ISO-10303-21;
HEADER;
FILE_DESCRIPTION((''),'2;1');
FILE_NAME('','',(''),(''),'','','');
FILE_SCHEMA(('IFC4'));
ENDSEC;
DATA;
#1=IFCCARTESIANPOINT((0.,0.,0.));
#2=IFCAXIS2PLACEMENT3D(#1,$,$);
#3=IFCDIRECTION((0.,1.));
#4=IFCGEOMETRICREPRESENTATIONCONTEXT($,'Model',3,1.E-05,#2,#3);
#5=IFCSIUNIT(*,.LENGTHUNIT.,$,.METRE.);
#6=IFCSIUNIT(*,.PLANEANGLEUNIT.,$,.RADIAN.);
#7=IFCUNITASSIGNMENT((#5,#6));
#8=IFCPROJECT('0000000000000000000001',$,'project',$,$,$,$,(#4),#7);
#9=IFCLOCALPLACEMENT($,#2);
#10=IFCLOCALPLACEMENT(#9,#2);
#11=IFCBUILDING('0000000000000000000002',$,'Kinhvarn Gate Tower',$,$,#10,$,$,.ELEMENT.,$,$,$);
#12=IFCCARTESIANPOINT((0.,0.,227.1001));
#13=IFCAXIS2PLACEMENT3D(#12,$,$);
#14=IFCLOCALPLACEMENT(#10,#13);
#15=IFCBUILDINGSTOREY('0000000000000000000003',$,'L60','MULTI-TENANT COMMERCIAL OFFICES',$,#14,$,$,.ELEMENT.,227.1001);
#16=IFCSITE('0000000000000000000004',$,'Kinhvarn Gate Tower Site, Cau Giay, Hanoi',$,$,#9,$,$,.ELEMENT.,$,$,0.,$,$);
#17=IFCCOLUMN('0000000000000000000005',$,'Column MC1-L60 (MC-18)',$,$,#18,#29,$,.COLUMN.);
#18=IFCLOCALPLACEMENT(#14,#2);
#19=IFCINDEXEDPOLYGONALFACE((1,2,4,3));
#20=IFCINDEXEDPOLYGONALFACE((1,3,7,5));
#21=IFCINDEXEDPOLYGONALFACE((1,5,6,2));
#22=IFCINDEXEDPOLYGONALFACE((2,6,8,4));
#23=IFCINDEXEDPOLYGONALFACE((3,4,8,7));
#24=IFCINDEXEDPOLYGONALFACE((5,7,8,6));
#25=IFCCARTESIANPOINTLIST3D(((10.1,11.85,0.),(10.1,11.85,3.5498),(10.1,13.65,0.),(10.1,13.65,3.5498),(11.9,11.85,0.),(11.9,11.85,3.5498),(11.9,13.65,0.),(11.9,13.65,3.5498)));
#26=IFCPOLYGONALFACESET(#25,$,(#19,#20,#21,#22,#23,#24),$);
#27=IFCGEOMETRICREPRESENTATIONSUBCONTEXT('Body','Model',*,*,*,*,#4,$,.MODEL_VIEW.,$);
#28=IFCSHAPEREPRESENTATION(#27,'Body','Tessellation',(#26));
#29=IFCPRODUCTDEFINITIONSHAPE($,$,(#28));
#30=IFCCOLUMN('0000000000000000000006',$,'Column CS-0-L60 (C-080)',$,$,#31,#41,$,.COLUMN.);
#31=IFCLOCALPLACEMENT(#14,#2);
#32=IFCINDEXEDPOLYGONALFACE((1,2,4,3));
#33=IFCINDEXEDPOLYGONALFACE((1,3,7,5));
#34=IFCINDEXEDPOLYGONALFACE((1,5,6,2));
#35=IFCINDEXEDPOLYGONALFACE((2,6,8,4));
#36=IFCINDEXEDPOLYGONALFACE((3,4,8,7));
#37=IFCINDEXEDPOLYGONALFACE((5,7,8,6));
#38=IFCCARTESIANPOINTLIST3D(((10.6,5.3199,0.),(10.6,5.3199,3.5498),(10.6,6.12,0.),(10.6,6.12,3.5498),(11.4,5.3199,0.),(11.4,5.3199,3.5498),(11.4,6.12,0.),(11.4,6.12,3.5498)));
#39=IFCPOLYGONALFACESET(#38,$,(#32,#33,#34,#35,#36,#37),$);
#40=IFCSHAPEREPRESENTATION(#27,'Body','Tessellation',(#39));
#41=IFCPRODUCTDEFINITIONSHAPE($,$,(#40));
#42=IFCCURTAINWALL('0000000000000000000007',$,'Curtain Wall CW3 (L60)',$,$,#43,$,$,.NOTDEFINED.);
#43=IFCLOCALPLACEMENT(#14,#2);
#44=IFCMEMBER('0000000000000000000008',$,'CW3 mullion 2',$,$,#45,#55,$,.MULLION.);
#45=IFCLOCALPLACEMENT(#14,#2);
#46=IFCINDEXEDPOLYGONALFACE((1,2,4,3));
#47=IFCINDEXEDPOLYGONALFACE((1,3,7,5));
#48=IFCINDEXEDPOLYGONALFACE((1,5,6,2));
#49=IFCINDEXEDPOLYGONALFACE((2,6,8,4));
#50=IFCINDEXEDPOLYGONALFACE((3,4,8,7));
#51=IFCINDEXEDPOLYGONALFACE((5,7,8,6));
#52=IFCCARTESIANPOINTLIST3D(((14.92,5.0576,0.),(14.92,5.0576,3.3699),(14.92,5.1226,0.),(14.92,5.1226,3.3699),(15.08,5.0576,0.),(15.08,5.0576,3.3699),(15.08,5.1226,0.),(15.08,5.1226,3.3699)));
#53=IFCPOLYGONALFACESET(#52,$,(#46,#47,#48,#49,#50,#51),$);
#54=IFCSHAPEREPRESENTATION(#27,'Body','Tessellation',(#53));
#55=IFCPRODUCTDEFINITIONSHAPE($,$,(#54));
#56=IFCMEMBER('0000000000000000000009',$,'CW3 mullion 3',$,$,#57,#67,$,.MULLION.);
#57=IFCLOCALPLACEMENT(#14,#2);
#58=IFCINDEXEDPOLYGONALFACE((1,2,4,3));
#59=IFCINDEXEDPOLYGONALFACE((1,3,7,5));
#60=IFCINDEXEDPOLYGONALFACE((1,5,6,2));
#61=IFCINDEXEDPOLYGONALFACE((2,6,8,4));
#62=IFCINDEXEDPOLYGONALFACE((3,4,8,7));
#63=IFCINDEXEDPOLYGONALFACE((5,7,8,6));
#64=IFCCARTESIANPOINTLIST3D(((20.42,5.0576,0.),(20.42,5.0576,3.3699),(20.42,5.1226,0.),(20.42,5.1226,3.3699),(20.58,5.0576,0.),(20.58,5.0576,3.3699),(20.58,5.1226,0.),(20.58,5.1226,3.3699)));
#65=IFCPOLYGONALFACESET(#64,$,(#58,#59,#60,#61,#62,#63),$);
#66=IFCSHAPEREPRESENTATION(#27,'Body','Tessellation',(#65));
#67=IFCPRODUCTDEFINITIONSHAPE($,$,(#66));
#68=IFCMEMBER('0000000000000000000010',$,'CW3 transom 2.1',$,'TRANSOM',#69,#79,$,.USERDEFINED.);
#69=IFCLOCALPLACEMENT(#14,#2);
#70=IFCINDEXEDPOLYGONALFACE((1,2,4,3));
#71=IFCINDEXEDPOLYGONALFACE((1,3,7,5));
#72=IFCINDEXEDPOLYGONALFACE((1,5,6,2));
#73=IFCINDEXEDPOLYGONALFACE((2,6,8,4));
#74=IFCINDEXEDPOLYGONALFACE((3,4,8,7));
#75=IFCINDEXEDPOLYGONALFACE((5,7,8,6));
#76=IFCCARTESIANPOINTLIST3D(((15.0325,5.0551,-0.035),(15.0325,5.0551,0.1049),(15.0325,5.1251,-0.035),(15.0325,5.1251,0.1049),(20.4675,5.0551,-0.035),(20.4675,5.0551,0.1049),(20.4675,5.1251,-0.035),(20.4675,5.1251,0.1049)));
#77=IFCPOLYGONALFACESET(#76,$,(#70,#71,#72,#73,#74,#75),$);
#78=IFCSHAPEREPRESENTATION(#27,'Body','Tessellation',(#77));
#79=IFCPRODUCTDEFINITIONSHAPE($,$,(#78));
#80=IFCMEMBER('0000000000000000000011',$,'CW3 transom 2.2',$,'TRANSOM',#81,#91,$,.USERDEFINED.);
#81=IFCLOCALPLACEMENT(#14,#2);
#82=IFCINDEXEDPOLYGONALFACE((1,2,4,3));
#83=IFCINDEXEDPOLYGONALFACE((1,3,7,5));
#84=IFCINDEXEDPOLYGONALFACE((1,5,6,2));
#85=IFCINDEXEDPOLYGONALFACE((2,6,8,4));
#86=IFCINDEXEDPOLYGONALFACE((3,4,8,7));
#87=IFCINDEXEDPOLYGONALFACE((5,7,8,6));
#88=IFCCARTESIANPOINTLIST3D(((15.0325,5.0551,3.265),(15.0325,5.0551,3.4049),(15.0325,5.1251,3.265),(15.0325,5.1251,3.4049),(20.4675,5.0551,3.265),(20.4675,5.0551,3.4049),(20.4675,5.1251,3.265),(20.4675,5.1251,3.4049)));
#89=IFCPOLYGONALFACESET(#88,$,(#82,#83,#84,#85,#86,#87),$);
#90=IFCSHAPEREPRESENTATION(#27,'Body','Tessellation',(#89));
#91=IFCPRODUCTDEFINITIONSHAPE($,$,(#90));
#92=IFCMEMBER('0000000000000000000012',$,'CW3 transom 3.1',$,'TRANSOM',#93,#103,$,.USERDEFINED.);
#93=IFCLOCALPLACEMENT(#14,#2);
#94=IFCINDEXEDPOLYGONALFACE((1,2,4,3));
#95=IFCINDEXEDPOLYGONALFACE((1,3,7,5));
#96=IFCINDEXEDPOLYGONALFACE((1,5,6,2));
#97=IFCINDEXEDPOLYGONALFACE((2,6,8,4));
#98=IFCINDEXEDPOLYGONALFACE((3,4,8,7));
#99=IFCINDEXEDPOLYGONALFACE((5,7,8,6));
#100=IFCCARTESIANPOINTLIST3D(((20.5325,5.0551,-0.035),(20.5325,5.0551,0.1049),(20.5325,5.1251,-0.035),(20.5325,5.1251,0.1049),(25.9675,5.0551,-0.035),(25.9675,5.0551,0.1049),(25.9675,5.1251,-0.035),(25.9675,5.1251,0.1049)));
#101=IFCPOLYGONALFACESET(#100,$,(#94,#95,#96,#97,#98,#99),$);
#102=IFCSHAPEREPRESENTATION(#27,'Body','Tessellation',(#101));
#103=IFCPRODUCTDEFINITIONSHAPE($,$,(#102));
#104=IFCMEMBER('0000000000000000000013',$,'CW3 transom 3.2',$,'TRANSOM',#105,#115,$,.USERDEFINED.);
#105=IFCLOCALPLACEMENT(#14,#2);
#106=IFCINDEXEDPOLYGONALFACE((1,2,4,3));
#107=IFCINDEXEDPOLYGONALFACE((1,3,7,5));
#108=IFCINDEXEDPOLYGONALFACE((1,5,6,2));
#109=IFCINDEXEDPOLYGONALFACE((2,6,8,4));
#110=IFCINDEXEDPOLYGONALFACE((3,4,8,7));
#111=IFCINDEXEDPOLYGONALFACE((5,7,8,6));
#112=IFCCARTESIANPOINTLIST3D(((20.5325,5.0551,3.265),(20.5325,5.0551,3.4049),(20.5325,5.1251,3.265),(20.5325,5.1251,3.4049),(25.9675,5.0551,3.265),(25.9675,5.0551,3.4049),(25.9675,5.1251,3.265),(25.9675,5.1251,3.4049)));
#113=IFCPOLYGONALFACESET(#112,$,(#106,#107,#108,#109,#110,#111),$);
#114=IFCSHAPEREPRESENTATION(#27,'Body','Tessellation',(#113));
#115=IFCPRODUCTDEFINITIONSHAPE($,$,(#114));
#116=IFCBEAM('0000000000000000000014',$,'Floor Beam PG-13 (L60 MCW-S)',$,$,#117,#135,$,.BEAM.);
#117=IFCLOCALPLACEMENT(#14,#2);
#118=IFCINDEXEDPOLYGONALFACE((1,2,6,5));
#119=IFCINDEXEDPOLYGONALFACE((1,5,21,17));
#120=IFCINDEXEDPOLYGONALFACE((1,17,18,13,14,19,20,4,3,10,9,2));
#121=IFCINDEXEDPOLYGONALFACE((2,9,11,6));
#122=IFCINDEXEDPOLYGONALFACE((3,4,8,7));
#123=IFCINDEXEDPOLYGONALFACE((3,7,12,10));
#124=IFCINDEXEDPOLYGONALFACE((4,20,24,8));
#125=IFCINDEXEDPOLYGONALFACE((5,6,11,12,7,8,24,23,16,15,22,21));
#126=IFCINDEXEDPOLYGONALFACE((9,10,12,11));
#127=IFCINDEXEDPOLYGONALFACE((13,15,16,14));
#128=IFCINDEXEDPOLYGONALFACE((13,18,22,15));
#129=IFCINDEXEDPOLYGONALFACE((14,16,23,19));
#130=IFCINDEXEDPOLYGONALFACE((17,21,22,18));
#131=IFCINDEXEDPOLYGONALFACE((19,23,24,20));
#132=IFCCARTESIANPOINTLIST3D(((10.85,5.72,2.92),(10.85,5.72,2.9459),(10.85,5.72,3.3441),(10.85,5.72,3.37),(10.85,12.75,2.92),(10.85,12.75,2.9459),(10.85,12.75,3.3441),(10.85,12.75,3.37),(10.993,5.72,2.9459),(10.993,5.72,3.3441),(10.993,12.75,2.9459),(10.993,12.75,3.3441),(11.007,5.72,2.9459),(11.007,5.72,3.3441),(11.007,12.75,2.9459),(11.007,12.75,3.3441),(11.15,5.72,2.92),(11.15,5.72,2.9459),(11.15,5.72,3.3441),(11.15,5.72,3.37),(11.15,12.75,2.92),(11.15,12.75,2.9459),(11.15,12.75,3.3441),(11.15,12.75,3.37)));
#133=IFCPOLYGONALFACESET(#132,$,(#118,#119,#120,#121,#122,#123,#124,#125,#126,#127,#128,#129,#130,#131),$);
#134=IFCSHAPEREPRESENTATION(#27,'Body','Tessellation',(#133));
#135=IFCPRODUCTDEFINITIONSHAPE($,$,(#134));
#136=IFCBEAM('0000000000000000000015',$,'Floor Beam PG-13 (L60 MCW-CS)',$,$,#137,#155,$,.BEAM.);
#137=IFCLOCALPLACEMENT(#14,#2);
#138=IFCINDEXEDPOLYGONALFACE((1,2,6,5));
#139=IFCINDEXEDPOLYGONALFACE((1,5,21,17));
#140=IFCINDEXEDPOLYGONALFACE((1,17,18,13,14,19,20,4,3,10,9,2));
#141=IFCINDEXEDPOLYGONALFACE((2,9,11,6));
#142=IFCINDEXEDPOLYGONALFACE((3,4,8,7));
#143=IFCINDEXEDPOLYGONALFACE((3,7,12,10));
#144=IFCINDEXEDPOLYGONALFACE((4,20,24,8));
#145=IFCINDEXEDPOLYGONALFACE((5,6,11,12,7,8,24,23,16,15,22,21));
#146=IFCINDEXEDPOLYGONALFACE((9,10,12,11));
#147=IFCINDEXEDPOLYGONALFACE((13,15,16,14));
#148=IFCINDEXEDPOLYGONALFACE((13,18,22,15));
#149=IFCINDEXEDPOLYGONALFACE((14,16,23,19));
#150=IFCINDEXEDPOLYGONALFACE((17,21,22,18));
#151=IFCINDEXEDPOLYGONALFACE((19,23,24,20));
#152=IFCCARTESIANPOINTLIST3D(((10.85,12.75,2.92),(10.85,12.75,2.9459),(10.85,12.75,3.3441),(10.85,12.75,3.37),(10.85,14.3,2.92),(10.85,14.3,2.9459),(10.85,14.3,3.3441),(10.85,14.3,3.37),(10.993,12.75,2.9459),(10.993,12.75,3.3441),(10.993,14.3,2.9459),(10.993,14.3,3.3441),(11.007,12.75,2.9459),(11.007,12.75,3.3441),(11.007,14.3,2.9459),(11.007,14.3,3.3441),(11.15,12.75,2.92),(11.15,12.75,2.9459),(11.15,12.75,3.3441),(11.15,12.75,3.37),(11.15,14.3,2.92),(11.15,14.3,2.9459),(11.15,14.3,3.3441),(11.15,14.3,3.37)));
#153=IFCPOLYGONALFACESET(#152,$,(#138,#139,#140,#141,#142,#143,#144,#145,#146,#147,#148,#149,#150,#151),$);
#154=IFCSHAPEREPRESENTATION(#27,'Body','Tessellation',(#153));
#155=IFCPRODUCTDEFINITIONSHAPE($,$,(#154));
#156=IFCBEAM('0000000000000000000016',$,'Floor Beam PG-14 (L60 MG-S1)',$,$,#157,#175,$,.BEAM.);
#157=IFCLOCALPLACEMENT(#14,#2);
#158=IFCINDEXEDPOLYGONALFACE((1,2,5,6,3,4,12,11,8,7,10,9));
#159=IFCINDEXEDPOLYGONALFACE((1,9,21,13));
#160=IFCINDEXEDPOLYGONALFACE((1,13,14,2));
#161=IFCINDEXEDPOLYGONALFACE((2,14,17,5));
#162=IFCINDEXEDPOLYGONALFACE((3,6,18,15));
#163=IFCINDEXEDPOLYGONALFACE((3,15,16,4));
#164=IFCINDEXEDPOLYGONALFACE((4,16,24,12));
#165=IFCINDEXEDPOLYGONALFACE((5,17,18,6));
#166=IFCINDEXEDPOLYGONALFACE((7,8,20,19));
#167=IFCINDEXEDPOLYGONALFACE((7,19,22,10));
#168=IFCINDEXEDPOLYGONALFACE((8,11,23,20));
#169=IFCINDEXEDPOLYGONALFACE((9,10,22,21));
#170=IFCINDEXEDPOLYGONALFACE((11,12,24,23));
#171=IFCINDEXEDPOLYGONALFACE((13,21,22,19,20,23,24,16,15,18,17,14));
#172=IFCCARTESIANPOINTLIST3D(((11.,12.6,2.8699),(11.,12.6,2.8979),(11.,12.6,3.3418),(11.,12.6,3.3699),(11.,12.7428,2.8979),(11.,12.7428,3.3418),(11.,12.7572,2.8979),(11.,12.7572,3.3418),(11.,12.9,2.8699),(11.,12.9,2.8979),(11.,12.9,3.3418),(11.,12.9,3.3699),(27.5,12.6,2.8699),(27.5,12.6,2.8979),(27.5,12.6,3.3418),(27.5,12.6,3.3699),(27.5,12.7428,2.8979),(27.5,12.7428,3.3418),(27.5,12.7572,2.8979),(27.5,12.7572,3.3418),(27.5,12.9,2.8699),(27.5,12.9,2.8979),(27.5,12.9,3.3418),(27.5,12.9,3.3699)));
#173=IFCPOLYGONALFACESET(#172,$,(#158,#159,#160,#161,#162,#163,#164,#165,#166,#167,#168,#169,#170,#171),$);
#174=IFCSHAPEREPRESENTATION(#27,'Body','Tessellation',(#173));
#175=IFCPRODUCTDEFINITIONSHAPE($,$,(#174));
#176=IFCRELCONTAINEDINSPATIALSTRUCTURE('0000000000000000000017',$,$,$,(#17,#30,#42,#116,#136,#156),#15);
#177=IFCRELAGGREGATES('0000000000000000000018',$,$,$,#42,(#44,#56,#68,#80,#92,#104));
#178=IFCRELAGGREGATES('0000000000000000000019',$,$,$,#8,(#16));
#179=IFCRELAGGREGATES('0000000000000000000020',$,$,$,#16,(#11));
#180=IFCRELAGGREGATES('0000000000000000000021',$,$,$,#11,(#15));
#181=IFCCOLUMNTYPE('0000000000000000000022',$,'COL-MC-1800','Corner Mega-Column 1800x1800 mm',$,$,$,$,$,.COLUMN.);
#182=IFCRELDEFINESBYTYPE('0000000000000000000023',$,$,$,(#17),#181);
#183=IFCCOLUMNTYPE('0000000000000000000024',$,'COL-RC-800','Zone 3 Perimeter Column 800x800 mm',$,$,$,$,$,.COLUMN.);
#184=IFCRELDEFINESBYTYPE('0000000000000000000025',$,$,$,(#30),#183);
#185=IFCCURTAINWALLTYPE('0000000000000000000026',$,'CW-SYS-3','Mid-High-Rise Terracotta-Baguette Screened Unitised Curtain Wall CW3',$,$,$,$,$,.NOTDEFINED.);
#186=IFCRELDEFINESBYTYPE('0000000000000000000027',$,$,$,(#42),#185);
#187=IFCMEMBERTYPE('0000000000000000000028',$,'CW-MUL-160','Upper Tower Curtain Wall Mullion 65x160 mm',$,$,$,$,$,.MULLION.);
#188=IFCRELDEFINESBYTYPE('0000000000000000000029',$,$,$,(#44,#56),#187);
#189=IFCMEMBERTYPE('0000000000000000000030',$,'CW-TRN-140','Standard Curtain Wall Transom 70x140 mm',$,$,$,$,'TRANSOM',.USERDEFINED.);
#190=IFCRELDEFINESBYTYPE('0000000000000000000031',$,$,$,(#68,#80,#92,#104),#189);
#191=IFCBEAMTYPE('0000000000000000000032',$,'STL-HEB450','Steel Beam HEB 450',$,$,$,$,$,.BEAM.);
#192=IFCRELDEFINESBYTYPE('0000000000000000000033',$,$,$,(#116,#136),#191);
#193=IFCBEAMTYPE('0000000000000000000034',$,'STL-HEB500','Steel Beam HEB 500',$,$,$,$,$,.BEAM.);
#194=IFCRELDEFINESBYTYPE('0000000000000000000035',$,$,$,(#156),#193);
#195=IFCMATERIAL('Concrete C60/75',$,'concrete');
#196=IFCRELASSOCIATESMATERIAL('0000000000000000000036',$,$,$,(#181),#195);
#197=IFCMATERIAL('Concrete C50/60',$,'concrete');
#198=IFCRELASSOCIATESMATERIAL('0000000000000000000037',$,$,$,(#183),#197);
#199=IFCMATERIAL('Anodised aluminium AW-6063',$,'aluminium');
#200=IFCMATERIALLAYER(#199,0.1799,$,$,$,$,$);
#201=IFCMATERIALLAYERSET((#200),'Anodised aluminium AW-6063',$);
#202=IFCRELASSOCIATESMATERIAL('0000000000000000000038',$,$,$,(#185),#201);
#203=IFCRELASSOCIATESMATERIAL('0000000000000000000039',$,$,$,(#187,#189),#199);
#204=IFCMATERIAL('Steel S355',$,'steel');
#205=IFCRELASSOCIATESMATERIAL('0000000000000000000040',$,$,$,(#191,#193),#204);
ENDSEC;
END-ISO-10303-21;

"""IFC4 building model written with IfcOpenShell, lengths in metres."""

from ifc_helpers import new_model, si_unit, direction, frame, origin, origin_2d, place, context, subcontext, project, spatial, rectangle, i_section, extrude, material, layer, layer_set, material_profile, profile_set, type_object, element, aggregate, save


model = new_model("IFC4")

# Units and contexts
model_context = context("Model", 3, precision=1e-05, world=origin(), true_north=direction((0.0, 1.0)))
body_context = subcontext(model_context, "Body", "Model", "MODEL_VIEW")
ifc_project = project(units=[si_unit("LENGTHUNIT", "METRE"), si_unit("PLANEANGLEUNIT", "RADIAN")], contexts=[model_context])

# Site, building, storey
site_placement = place(None, origin())
site = spatial("IfcSite", under=ifc_project, at=site_placement, Name="Kinhvarn Gate Tower Site, Cau Giay, Hanoi", CompositionType="ELEMENT", RefElevation=0.0)
building_placement = place(site_placement, origin())
building = spatial("IfcBuilding", under=site, at=building_placement, Name="Kinhvarn Gate Tower", CompositionType="ELEMENT")
storey_placement = place(building_placement, frame((0.0, 0.0, 227.1001)))
storey = spatial("IfcBuildingStorey", under=building, at=storey_placement, Name="L60", Description="MULTI-TENANT COMMERCIAL OFFICES", CompositionType="ELEMENT", Elevation=227.1001)

# Columns
ifc_material_1 = material(Name="Concrete C60/75", Category="concrete")
ifc_material_profile_1 = material_profile(ifc_material_1, rectangle(XDim=1.8, YDim=1.8, at=origin_2d()), Name="RC 1800x1800")
ifc_profile_set_1 = profile_set([ifc_material_profile_1], Name="Concrete C60/75")
column_type_1 = type_object("IfcColumnType", Name="COL-MC-1800", Description="Corner Mega-Column 1800x1800 mm", PredefinedType="COLUMN", material=ifc_profile_set_1)
column_1_placement = place(storey_placement, frame((11.0, 12.75, 0.0), z_axis=(0.0, 0.0, 1.0), x_axis=(1.0, 0.0, 0.0)))
element("IfcColumn", 1, at=column_1_placement, inside=storey, type_object=column_type_1, Name="Column MC1-L60 (MC-18)", PredefinedType="COLUMN", context=body_context, shape_type="SweptSolid", body=[
    extrude(rectangle(XDim=1.8, YDim=1.8, at=origin_2d()), origin(), (0.0, 0.0, 1.0), 3.5498),
])
ifc_material_2 = material(Name="Concrete C50/60", Category="concrete")
ifc_material_profile_2 = material_profile(ifc_material_2, rectangle(XDim=0.8, YDim=0.8, at=origin_2d()), Name="RC 800x800")
ifc_profile_set_2 = profile_set([ifc_material_profile_2], Name="Concrete C50/60")
column_type_2 = type_object("IfcColumnType", Name="COL-RC-800", Description="Zone 3 Perimeter Column 800x800 mm", PredefinedType="COLUMN", material=ifc_profile_set_2)
column_2_placement = place(storey_placement, frame((11.0, 5.72, 0.0), z_axis=(0.0, 0.0, 1.0), x_axis=(1.0, 0.0, 0.0)))
element("IfcColumn", 2, at=column_2_placement, inside=storey, type_object=column_type_2, Name="Column CS-0-L60 (C-080)", PredefinedType="COLUMN", context=body_context, shape_type="SweptSolid", body=[
    extrude(rectangle(XDim=0.8, YDim=0.8, at=origin_2d()), origin(), (0.0, 0.0, 1.0), 3.5498),
])

# Curtain wall, members
ifc_material_3 = material(Name="Anodised aluminium AW-6063", Category="aluminium")
ifc_layer_1 = layer(ifc_material_3, 0.1799)
ifc_layer_set_1 = layer_set([ifc_layer_1], Name="Anodised aluminium AW-6063")
curtain_wall_type = type_object("IfcCurtainWallType", Name="CW-SYS-3", Description="Mid-High-Rise Terracotta-Baguette Screened Unitised Curtain Wall CW3", PredefinedType="NOTDEFINED", material=ifc_layer_set_1)
curtain_wall_placement = place(storey_placement, origin())
curtain_wall = element("IfcCurtainWall", 3, at=curtain_wall_placement, inside=storey, type_object=curtain_wall_type, Name="Curtain Wall CW3 (L60)", PredefinedType="NOTDEFINED")
ifc_material_profile_3 = material_profile(ifc_material_3, rectangle(XDim=0.0649, YDim=0.1599, at=origin_2d()), Name="ALU 65x160")
ifc_profile_set_3 = profile_set([ifc_material_profile_3], Name="Anodised aluminium AW-6063")
member_type_1 = type_object("IfcMemberType", Name="CW-MUL-160", Description="Upper Tower Curtain Wall Mullion 65x160 mm", PredefinedType="MULLION", material=ifc_profile_set_3)
member_1_placement = place(storey_placement, frame((15.0, 5.0901, 0.0), z_axis=(0.0, 0.0, 1.0), x_axis=(0.0, 1.0, 0.0)))
member_1 = element("IfcMember", 4, at=member_1_placement, type_object=member_type_1, Name="CW3 mullion 2", PredefinedType="MULLION", context=body_context, shape_type="SweptSolid", body=[
    extrude(rectangle(XDim=0.0649, YDim=0.1599, at=origin_2d()), origin(), (0.0, 0.0, 1.0), 3.3699),
])
member_2_placement = place(storey_placement, frame((20.5, 5.0901, 0.0), z_axis=(0.0, 0.0, 1.0), x_axis=(0.0, 1.0, 0.0)))
member_2 = element("IfcMember", 5, at=member_2_placement, type_object=member_type_1, Name="CW3 mullion 3", PredefinedType="MULLION", context=body_context, shape_type="SweptSolid", body=[
    extrude(rectangle(XDim=0.0649, YDim=0.1599, at=origin_2d()), origin(), (0.0, 0.0, 1.0), 3.3699),
])
ifc_material_profile_4 = material_profile(ifc_material_3, rectangle(XDim=0.0701, YDim=0.1399, at=origin_2d()), Name="ALU 70x140")
ifc_profile_set_4 = profile_set([ifc_material_profile_4], Name="Anodised aluminium AW-6063")
member_type_2 = type_object("IfcMemberType", Name="CW-TRN-140", Description="Standard Curtain Wall Transom 70x140 mm", ElementType="TRANSOM", PredefinedType="USERDEFINED", material=ifc_profile_set_4)
member_3_placement = place(storey_placement, frame((15.0325, 5.0901, 0.0349), z_axis=(1.0, 0.0, 0.0), x_axis=(0.0, 1.0, 0.0)))
member_3 = element("IfcMember", 6, at=member_3_placement, type_object=member_type_2, Name="CW3 transom 2.1", ObjectType="TRANSOM", PredefinedType="USERDEFINED", context=body_context, shape_type="SweptSolid", body=[
    extrude(rectangle(XDim=0.0701, YDim=0.1399, at=origin_2d()), origin(), (0.0, 0.0, 1.0), 5.4351),
])
member_4_placement = place(storey_placement, frame((15.0325, 5.0901, 3.335), z_axis=(1.0, 0.0, 0.0), x_axis=(0.0, 1.0, 0.0)))
member_4 = element("IfcMember", 7, at=member_4_placement, type_object=member_type_2, Name="CW3 transom 2.2", ObjectType="TRANSOM", PredefinedType="USERDEFINED", context=body_context, shape_type="SweptSolid", body=[
    extrude(rectangle(XDim=0.0701, YDim=0.1399, at=origin_2d()), origin(), (0.0, 0.0, 1.0), 5.4351),
])
member_5_placement = place(storey_placement, frame((20.5325, 5.0901, 0.0349), z_axis=(1.0, 0.0, 0.0), x_axis=(0.0, 1.0, 0.0)))
member_5 = element("IfcMember", 8, at=member_5_placement, type_object=member_type_2, Name="CW3 transom 3.1", ObjectType="TRANSOM", PredefinedType="USERDEFINED", context=body_context, shape_type="SweptSolid", body=[
    extrude(rectangle(XDim=0.0701, YDim=0.1399, at=origin_2d()), origin(), (0.0, 0.0, 1.0), 5.4351),
])
member_6_placement = place(storey_placement, frame((20.5325, 5.0901, 3.335), z_axis=(1.0, 0.0, 0.0), x_axis=(0.0, 1.0, 0.0)))
member_6 = element("IfcMember", 9, at=member_6_placement, type_object=member_type_2, Name="CW3 transom 3.2", ObjectType="TRANSOM", PredefinedType="USERDEFINED", context=body_context, shape_type="SweptSolid", body=[
    extrude(rectangle(XDim=0.0701, YDim=0.1399, at=origin_2d()), origin(), (0.0, 0.0, 1.0), 5.4351),
])

# Beams
ifc_material_4 = material(Name="Steel S355", Category="steel")
ifc_material_profile_5 = material_profile(ifc_material_4, i_section(OverallWidth=0.3, OverallDepth=0.45, WebThickness=0.0139, FlangeThickness=0.0259, at=origin_2d()), Name="HEB 450")
ifc_profile_set_5 = profile_set([ifc_material_profile_5], Name="Steel S355")
beam_type_1 = type_object("IfcBeamType", Name="STL-HEB450", Description="Steel Beam HEB 450", PredefinedType="BEAM", material=ifc_profile_set_5)
beam_1_placement = place(storey_placement, frame((11.0, 5.72, 3.145), z_axis=(0.0, 1.0, 0.0), x_axis=(-1.0, 0.0, 0.0)))
element("IfcBeam", 10, at=beam_1_placement, inside=storey, type_object=beam_type_1, Name="Floor Beam PG-13 (L60 MCW-S)", PredefinedType="BEAM", context=body_context, shape_type="SweptSolid", body=[
    extrude(i_section(OverallWidth=0.3, OverallDepth=0.45, WebThickness=0.0139, FlangeThickness=0.0259, at=origin_2d()), origin(), (0.0, 0.0, 1.0), 7.03),
])
beam_2_placement = place(storey_placement, frame((11.0, 12.75, 3.145), z_axis=(0.0, 1.0, 0.0), x_axis=(-1.0, 0.0, 0.0)))
element("IfcBeam", 11, at=beam_2_placement, inside=storey, type_object=beam_type_1, Name="Floor Beam PG-13 (L60 MCW-CS)", PredefinedType="BEAM", context=body_context, shape_type="SweptSolid", body=[
    extrude(i_section(OverallWidth=0.3, OverallDepth=0.45, WebThickness=0.0139, FlangeThickness=0.0259, at=origin_2d()), origin(), (0.0, 0.0, 1.0), 1.55),
])
ifc_material_profile_6 = material_profile(ifc_material_4, i_section(OverallWidth=0.3, OverallDepth=0.5, WebThickness=0.0144, FlangeThickness=0.0281, at=origin_2d()), Name="HEB 500")
ifc_profile_set_6 = profile_set([ifc_material_profile_6], Name="Steel S355")
beam_type_2 = type_object("IfcBeamType", Name="STL-HEB500", Description="Steel Beam HEB 500", PredefinedType="BEAM", material=ifc_profile_set_6)
beam_3_placement = place(storey_placement, frame((11.0, 12.75, 3.1199), z_axis=(1.0, 0.0, 0.0), x_axis=(0.0, 1.0, 0.0)))
element("IfcBeam", 12, at=beam_3_placement, inside=storey, type_object=beam_type_2, Name="Floor Beam PG-14 (L60 MG-S1)", PredefinedType="BEAM", context=body_context, shape_type="SweptSolid", body=[
    extrude(i_section(OverallWidth=0.3, OverallDepth=0.5, WebThickness=0.0144, FlangeThickness=0.0281, at=origin_2d()), origin(), (0.0, 0.0, 1.0), 16.5),
])

aggregate(curtain_wall, [member_1, member_2, member_3, member_4, member_5, member_6])

save(model, "model.ifc")
